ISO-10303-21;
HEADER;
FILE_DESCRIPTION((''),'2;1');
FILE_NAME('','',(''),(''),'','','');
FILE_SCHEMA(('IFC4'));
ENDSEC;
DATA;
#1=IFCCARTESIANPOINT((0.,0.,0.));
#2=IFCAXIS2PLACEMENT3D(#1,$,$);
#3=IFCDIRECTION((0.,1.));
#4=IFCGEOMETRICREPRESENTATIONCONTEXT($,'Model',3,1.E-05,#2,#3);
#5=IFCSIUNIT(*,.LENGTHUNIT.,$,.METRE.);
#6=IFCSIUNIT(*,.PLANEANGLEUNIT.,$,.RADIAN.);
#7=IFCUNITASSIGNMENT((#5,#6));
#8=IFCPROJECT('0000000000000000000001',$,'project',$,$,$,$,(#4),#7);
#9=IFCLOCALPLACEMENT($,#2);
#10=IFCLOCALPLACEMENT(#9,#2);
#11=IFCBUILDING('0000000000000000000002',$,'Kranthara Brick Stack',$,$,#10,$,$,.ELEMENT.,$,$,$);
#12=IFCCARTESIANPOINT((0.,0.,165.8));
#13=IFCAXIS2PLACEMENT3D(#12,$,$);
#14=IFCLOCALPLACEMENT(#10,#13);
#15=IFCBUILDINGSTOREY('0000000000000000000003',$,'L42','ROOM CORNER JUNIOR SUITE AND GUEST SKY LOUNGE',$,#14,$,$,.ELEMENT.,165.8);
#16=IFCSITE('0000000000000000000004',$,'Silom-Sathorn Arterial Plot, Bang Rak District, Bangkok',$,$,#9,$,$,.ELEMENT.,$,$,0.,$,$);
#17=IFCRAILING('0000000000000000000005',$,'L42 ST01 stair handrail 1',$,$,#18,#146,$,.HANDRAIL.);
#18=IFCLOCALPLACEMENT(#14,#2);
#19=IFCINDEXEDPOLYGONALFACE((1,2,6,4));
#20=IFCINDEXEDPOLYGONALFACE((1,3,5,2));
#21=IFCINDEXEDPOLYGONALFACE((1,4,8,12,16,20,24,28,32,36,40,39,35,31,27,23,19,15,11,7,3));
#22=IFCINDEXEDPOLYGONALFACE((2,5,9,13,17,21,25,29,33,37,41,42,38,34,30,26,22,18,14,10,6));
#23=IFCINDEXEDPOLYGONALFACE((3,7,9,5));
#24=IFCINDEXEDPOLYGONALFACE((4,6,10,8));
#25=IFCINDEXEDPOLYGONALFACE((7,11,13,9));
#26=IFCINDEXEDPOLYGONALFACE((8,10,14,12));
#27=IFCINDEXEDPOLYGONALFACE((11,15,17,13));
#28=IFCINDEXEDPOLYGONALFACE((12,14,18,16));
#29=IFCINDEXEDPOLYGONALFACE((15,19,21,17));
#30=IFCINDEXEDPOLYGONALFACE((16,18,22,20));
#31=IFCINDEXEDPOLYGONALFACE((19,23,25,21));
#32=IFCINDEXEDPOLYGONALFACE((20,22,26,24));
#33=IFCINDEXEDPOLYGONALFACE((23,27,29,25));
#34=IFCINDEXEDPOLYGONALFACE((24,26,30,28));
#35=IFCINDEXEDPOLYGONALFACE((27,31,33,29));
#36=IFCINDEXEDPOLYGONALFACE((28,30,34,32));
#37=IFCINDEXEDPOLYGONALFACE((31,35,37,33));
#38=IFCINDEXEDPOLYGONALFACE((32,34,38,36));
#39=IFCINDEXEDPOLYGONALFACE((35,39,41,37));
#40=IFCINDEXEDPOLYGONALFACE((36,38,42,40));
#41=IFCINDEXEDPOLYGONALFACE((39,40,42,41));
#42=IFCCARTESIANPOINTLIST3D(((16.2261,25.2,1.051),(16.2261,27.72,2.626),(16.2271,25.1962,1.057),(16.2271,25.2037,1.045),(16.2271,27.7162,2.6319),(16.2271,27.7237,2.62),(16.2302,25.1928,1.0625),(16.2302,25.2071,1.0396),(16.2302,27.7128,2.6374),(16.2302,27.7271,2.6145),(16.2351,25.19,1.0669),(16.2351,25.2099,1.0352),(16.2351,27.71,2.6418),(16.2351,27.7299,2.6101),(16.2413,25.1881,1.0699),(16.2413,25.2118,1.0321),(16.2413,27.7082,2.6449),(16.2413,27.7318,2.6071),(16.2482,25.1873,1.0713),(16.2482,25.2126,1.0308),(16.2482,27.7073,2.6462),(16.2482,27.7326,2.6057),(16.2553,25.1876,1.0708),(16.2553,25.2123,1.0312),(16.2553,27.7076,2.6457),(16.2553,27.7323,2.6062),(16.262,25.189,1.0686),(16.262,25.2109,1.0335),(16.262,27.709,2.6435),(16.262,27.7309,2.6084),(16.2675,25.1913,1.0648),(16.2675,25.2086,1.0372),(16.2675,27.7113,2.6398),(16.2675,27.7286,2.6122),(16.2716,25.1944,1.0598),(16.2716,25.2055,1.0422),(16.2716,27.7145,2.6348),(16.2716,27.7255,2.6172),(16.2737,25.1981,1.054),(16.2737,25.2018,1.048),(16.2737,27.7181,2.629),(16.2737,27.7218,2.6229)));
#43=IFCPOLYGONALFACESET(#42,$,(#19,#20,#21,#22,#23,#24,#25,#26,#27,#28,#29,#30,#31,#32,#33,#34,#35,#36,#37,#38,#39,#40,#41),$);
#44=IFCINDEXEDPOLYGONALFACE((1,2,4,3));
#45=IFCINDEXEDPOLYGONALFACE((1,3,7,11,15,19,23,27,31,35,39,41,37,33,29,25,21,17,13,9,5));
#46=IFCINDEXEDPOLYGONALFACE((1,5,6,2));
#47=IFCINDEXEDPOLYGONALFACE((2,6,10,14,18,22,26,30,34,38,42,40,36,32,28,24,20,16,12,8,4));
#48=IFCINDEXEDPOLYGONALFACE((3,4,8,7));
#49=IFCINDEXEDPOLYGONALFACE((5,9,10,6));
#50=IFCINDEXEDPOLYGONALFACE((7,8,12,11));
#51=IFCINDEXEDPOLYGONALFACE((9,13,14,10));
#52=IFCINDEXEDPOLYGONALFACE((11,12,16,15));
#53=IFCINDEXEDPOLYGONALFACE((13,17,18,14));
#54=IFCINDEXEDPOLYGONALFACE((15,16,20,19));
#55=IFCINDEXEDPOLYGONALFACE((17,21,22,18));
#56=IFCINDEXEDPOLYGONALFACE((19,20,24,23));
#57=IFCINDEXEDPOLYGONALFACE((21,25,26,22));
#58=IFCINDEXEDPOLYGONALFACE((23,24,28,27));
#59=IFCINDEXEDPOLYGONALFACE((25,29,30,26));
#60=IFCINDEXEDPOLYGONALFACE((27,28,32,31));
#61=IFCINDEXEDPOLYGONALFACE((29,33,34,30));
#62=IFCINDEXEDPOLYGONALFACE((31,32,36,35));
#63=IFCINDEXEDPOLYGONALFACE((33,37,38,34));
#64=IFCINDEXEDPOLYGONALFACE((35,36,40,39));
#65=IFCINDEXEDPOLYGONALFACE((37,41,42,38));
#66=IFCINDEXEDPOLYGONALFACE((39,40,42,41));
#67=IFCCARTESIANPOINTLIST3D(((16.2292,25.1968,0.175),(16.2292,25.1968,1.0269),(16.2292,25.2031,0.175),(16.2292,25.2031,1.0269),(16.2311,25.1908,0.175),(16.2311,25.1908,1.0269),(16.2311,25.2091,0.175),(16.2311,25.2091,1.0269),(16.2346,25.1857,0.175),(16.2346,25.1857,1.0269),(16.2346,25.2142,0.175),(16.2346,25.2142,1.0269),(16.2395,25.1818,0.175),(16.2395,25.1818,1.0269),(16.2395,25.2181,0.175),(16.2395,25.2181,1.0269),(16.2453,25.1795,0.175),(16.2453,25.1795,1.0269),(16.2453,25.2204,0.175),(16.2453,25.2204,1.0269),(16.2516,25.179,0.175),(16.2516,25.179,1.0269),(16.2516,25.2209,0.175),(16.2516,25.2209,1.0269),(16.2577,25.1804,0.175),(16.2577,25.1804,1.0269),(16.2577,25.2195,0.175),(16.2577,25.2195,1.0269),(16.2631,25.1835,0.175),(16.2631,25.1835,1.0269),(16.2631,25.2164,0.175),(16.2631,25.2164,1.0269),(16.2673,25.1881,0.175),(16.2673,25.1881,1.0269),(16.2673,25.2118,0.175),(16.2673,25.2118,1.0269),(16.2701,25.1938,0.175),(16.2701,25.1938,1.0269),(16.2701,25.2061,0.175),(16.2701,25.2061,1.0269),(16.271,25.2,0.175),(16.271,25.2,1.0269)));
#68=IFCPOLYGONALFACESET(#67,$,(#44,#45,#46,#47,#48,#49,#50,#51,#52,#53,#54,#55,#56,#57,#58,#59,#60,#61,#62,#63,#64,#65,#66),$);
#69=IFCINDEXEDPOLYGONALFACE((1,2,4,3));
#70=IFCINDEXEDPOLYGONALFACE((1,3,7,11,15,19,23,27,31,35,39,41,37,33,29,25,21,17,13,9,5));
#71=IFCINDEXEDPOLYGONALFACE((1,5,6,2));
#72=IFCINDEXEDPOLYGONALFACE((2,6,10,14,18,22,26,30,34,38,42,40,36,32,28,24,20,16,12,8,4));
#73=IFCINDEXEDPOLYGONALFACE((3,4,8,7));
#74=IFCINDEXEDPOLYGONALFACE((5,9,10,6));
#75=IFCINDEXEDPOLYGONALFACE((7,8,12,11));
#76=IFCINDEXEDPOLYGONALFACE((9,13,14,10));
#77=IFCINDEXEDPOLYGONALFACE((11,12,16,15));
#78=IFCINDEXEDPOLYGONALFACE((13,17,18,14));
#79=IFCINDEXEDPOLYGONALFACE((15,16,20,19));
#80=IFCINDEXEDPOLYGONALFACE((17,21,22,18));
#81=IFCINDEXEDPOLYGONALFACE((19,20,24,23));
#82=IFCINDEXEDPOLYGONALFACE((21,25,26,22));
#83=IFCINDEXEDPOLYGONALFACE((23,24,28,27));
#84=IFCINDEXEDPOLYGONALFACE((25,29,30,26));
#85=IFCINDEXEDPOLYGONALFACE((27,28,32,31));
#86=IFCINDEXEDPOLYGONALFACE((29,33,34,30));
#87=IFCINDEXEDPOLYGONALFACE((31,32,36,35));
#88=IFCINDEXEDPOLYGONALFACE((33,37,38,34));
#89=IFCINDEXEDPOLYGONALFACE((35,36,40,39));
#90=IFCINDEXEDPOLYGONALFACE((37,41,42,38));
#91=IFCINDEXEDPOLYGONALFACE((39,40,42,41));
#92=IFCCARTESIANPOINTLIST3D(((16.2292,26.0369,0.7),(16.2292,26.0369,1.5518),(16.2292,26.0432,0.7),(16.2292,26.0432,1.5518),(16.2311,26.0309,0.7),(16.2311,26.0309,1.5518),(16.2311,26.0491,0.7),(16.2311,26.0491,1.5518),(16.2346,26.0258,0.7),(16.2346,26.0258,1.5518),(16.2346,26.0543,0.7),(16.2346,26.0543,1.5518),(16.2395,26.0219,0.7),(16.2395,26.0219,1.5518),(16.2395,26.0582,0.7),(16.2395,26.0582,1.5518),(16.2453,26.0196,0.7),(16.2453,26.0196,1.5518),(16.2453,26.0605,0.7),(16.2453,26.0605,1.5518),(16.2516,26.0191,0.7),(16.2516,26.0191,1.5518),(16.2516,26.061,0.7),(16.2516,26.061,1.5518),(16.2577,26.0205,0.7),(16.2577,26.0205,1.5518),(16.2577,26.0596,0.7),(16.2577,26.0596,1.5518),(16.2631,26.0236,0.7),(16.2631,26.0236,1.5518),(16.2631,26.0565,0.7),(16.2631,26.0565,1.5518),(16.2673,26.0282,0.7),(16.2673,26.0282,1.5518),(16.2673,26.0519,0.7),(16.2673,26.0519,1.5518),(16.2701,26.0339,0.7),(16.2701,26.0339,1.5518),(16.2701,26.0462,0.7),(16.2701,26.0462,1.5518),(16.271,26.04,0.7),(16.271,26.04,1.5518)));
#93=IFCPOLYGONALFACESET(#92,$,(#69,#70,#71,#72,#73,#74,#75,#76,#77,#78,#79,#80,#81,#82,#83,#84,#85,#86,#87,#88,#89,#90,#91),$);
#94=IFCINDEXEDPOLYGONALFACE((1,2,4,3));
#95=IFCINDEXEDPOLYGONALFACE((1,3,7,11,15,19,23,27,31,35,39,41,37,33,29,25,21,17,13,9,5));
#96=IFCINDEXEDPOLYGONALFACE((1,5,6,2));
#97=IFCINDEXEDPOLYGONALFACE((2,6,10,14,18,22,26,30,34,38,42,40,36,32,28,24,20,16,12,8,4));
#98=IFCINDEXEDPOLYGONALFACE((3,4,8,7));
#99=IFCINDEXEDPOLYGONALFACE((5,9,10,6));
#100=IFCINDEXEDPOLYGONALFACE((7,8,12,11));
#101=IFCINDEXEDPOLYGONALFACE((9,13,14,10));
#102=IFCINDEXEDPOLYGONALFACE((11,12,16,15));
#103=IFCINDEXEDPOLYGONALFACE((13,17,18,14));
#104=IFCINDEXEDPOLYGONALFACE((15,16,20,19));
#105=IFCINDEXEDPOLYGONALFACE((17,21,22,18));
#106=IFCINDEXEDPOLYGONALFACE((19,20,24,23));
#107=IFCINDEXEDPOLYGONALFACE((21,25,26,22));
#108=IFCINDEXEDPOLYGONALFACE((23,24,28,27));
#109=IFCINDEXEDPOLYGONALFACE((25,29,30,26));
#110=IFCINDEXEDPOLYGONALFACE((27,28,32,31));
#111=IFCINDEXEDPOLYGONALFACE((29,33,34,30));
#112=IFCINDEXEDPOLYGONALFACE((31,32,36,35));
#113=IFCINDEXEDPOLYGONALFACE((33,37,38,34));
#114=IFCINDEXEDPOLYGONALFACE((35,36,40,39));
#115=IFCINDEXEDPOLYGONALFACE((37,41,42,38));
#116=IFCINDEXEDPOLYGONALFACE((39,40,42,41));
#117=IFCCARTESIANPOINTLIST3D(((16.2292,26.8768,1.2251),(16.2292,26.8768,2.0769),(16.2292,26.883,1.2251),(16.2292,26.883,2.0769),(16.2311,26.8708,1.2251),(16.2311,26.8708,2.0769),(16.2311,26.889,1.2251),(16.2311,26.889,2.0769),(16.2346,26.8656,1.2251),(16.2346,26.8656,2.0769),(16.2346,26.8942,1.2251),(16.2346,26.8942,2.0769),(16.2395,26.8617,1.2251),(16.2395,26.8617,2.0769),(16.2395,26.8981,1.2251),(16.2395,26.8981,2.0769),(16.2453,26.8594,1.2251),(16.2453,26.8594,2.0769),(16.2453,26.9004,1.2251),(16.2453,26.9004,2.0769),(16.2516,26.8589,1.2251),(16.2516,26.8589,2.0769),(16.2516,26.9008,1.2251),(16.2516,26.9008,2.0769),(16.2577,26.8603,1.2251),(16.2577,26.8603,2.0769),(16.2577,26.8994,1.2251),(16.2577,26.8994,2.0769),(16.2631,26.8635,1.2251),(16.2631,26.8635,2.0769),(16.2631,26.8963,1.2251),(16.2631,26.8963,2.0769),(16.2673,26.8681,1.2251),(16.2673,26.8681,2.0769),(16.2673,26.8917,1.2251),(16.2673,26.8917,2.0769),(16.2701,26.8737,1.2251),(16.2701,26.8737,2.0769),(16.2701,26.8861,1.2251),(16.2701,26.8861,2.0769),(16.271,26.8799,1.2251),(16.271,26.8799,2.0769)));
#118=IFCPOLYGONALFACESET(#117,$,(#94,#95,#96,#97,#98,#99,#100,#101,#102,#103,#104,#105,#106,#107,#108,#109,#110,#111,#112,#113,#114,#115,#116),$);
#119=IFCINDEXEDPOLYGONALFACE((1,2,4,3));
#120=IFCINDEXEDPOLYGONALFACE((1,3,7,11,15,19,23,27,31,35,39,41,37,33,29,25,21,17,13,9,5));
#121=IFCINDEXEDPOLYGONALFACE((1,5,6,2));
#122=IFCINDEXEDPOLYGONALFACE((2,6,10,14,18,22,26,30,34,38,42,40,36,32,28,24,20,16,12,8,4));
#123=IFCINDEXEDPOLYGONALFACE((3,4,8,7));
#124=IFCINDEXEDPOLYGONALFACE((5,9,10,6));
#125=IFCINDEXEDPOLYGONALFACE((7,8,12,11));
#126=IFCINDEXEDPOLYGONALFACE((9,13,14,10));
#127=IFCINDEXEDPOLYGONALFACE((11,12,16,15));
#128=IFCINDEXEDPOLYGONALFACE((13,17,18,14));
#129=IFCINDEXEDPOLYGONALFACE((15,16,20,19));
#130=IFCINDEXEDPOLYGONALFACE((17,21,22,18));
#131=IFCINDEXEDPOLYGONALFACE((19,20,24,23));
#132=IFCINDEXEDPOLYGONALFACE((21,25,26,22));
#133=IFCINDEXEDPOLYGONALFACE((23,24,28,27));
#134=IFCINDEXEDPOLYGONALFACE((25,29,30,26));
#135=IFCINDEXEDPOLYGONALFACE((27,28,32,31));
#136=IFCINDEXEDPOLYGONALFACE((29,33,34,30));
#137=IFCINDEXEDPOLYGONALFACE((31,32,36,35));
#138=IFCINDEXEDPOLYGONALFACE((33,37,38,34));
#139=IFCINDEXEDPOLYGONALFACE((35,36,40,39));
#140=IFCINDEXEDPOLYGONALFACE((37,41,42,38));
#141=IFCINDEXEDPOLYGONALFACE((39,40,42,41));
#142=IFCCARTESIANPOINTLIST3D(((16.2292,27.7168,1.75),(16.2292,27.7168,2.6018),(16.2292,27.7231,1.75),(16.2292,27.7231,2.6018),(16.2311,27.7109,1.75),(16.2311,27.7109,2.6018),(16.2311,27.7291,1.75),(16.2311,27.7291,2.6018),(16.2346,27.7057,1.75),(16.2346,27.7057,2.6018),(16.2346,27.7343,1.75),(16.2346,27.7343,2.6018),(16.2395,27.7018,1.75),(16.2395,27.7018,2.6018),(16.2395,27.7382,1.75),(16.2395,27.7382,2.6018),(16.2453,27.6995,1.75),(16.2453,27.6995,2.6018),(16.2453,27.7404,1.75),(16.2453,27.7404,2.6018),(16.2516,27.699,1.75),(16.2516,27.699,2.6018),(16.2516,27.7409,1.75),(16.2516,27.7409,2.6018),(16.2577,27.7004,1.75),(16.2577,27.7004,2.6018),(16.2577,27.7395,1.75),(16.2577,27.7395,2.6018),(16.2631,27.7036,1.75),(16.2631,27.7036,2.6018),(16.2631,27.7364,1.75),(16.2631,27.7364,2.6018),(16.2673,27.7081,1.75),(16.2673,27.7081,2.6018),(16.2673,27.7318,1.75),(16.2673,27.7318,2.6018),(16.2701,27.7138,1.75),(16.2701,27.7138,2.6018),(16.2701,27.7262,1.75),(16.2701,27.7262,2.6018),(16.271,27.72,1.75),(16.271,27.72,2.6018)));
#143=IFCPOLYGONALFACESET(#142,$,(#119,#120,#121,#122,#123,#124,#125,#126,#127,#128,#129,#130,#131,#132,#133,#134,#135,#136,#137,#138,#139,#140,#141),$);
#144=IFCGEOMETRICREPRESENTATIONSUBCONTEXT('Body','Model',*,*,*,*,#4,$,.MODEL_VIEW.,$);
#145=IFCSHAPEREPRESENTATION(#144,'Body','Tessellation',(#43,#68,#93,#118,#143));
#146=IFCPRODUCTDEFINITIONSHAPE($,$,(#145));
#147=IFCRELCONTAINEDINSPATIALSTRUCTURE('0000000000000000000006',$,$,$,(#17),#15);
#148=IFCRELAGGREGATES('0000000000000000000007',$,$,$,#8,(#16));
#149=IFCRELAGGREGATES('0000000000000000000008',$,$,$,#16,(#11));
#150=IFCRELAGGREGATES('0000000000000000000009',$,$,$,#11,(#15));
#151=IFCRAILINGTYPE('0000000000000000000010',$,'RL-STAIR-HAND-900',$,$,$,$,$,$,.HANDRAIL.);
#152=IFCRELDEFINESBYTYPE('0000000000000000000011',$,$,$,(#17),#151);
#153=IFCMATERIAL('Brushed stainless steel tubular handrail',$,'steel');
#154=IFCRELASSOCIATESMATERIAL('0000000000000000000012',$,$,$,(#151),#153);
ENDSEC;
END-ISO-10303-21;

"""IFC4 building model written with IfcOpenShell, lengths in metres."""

from ifc_helpers import new_model, si_unit, direction, frame, origin, origin_2d, place, context, subcontext, project, spatial, circle, extrude, material, type_object, element, save


model = new_model("IFC4")

# Units and contexts
model_context = context("Model", 3, precision=1e-05, world=origin(), true_north=direction((0.0, 1.0)))
body_context = subcontext(model_context, "Body", "Model", "MODEL_VIEW")
ifc_project = project(units=[si_unit("LENGTHUNIT", "METRE"), si_unit("PLANEANGLEUNIT", "RADIAN")], contexts=[model_context])

# Site, building, storey
site_placement = place(None, origin())
site = spatial("IfcSite", under=ifc_project, at=site_placement, Name="Silom-Sathorn Arterial Plot, Bang Rak District, Bangkok", CompositionType="ELEMENT", RefElevation=0.0)
building_placement = place(site_placement, origin())
building = spatial("IfcBuilding", under=site, at=building_placement, Name="Kranthara Brick Stack", CompositionType="ELEMENT")
storey_placement = place(building_placement, frame((0.0, 0.0, 165.8)))
storey = spatial("IfcBuildingStorey", under=building, at=storey_placement, Name="L42", Description="ROOM CORNER JUNIOR SUITE AND GUEST SKY LOUNGE", CompositionType="ELEMENT", Elevation=165.8)

# Railing
ifc_material_1 = material(Name="Brushed stainless steel tubular handrail", Category="steel")
railing_type_1 = type_object("IfcRailingType", Name="RL-STAIR-HAND-900", PredefinedType="HANDRAIL", material=ifc_material_1)
railing_1_placement = place(storey_placement, frame((16.25, 25.2, 0.175)))
element("IfcRailing", 1, at=railing_1_placement, inside=storey, type_object=railing_type_1, Name="L42 ST01 stair handrail 1", PredefinedType="HANDRAIL", context=body_context, shape_type="SweptSolid", body=[
    extrude(circle(Radius=0.0239, at=origin_2d()), frame((0.0, 0.0, 0.876), z_axis=(0.0, 0.848008, 0.529984), x_axis=(-1.0, 0.0, 0.0)), (0.0, 0.0, 1.0), 2.9717),
    extrude(circle(Radius=0.021, at=origin_2d()), origin(), (0.0, 0.0, 1.0), 0.8518),
    extrude(circle(Radius=0.021, at=origin_2d()), frame((0.0, 0.8401, 0.5249)), (0.0, 0.0, 1.0), 0.8518),
    extrude(circle(Radius=0.021, at=origin_2d()), frame((0.0, 1.6799, 1.05)), (0.0, 0.0, 1.0), 0.8518),
    extrude(circle(Radius=0.021, at=origin_2d()), frame((0.0, 2.52, 1.575)), (0.0, 0.0, 1.0), 0.8518),
])

save(model, "model.ifc")
